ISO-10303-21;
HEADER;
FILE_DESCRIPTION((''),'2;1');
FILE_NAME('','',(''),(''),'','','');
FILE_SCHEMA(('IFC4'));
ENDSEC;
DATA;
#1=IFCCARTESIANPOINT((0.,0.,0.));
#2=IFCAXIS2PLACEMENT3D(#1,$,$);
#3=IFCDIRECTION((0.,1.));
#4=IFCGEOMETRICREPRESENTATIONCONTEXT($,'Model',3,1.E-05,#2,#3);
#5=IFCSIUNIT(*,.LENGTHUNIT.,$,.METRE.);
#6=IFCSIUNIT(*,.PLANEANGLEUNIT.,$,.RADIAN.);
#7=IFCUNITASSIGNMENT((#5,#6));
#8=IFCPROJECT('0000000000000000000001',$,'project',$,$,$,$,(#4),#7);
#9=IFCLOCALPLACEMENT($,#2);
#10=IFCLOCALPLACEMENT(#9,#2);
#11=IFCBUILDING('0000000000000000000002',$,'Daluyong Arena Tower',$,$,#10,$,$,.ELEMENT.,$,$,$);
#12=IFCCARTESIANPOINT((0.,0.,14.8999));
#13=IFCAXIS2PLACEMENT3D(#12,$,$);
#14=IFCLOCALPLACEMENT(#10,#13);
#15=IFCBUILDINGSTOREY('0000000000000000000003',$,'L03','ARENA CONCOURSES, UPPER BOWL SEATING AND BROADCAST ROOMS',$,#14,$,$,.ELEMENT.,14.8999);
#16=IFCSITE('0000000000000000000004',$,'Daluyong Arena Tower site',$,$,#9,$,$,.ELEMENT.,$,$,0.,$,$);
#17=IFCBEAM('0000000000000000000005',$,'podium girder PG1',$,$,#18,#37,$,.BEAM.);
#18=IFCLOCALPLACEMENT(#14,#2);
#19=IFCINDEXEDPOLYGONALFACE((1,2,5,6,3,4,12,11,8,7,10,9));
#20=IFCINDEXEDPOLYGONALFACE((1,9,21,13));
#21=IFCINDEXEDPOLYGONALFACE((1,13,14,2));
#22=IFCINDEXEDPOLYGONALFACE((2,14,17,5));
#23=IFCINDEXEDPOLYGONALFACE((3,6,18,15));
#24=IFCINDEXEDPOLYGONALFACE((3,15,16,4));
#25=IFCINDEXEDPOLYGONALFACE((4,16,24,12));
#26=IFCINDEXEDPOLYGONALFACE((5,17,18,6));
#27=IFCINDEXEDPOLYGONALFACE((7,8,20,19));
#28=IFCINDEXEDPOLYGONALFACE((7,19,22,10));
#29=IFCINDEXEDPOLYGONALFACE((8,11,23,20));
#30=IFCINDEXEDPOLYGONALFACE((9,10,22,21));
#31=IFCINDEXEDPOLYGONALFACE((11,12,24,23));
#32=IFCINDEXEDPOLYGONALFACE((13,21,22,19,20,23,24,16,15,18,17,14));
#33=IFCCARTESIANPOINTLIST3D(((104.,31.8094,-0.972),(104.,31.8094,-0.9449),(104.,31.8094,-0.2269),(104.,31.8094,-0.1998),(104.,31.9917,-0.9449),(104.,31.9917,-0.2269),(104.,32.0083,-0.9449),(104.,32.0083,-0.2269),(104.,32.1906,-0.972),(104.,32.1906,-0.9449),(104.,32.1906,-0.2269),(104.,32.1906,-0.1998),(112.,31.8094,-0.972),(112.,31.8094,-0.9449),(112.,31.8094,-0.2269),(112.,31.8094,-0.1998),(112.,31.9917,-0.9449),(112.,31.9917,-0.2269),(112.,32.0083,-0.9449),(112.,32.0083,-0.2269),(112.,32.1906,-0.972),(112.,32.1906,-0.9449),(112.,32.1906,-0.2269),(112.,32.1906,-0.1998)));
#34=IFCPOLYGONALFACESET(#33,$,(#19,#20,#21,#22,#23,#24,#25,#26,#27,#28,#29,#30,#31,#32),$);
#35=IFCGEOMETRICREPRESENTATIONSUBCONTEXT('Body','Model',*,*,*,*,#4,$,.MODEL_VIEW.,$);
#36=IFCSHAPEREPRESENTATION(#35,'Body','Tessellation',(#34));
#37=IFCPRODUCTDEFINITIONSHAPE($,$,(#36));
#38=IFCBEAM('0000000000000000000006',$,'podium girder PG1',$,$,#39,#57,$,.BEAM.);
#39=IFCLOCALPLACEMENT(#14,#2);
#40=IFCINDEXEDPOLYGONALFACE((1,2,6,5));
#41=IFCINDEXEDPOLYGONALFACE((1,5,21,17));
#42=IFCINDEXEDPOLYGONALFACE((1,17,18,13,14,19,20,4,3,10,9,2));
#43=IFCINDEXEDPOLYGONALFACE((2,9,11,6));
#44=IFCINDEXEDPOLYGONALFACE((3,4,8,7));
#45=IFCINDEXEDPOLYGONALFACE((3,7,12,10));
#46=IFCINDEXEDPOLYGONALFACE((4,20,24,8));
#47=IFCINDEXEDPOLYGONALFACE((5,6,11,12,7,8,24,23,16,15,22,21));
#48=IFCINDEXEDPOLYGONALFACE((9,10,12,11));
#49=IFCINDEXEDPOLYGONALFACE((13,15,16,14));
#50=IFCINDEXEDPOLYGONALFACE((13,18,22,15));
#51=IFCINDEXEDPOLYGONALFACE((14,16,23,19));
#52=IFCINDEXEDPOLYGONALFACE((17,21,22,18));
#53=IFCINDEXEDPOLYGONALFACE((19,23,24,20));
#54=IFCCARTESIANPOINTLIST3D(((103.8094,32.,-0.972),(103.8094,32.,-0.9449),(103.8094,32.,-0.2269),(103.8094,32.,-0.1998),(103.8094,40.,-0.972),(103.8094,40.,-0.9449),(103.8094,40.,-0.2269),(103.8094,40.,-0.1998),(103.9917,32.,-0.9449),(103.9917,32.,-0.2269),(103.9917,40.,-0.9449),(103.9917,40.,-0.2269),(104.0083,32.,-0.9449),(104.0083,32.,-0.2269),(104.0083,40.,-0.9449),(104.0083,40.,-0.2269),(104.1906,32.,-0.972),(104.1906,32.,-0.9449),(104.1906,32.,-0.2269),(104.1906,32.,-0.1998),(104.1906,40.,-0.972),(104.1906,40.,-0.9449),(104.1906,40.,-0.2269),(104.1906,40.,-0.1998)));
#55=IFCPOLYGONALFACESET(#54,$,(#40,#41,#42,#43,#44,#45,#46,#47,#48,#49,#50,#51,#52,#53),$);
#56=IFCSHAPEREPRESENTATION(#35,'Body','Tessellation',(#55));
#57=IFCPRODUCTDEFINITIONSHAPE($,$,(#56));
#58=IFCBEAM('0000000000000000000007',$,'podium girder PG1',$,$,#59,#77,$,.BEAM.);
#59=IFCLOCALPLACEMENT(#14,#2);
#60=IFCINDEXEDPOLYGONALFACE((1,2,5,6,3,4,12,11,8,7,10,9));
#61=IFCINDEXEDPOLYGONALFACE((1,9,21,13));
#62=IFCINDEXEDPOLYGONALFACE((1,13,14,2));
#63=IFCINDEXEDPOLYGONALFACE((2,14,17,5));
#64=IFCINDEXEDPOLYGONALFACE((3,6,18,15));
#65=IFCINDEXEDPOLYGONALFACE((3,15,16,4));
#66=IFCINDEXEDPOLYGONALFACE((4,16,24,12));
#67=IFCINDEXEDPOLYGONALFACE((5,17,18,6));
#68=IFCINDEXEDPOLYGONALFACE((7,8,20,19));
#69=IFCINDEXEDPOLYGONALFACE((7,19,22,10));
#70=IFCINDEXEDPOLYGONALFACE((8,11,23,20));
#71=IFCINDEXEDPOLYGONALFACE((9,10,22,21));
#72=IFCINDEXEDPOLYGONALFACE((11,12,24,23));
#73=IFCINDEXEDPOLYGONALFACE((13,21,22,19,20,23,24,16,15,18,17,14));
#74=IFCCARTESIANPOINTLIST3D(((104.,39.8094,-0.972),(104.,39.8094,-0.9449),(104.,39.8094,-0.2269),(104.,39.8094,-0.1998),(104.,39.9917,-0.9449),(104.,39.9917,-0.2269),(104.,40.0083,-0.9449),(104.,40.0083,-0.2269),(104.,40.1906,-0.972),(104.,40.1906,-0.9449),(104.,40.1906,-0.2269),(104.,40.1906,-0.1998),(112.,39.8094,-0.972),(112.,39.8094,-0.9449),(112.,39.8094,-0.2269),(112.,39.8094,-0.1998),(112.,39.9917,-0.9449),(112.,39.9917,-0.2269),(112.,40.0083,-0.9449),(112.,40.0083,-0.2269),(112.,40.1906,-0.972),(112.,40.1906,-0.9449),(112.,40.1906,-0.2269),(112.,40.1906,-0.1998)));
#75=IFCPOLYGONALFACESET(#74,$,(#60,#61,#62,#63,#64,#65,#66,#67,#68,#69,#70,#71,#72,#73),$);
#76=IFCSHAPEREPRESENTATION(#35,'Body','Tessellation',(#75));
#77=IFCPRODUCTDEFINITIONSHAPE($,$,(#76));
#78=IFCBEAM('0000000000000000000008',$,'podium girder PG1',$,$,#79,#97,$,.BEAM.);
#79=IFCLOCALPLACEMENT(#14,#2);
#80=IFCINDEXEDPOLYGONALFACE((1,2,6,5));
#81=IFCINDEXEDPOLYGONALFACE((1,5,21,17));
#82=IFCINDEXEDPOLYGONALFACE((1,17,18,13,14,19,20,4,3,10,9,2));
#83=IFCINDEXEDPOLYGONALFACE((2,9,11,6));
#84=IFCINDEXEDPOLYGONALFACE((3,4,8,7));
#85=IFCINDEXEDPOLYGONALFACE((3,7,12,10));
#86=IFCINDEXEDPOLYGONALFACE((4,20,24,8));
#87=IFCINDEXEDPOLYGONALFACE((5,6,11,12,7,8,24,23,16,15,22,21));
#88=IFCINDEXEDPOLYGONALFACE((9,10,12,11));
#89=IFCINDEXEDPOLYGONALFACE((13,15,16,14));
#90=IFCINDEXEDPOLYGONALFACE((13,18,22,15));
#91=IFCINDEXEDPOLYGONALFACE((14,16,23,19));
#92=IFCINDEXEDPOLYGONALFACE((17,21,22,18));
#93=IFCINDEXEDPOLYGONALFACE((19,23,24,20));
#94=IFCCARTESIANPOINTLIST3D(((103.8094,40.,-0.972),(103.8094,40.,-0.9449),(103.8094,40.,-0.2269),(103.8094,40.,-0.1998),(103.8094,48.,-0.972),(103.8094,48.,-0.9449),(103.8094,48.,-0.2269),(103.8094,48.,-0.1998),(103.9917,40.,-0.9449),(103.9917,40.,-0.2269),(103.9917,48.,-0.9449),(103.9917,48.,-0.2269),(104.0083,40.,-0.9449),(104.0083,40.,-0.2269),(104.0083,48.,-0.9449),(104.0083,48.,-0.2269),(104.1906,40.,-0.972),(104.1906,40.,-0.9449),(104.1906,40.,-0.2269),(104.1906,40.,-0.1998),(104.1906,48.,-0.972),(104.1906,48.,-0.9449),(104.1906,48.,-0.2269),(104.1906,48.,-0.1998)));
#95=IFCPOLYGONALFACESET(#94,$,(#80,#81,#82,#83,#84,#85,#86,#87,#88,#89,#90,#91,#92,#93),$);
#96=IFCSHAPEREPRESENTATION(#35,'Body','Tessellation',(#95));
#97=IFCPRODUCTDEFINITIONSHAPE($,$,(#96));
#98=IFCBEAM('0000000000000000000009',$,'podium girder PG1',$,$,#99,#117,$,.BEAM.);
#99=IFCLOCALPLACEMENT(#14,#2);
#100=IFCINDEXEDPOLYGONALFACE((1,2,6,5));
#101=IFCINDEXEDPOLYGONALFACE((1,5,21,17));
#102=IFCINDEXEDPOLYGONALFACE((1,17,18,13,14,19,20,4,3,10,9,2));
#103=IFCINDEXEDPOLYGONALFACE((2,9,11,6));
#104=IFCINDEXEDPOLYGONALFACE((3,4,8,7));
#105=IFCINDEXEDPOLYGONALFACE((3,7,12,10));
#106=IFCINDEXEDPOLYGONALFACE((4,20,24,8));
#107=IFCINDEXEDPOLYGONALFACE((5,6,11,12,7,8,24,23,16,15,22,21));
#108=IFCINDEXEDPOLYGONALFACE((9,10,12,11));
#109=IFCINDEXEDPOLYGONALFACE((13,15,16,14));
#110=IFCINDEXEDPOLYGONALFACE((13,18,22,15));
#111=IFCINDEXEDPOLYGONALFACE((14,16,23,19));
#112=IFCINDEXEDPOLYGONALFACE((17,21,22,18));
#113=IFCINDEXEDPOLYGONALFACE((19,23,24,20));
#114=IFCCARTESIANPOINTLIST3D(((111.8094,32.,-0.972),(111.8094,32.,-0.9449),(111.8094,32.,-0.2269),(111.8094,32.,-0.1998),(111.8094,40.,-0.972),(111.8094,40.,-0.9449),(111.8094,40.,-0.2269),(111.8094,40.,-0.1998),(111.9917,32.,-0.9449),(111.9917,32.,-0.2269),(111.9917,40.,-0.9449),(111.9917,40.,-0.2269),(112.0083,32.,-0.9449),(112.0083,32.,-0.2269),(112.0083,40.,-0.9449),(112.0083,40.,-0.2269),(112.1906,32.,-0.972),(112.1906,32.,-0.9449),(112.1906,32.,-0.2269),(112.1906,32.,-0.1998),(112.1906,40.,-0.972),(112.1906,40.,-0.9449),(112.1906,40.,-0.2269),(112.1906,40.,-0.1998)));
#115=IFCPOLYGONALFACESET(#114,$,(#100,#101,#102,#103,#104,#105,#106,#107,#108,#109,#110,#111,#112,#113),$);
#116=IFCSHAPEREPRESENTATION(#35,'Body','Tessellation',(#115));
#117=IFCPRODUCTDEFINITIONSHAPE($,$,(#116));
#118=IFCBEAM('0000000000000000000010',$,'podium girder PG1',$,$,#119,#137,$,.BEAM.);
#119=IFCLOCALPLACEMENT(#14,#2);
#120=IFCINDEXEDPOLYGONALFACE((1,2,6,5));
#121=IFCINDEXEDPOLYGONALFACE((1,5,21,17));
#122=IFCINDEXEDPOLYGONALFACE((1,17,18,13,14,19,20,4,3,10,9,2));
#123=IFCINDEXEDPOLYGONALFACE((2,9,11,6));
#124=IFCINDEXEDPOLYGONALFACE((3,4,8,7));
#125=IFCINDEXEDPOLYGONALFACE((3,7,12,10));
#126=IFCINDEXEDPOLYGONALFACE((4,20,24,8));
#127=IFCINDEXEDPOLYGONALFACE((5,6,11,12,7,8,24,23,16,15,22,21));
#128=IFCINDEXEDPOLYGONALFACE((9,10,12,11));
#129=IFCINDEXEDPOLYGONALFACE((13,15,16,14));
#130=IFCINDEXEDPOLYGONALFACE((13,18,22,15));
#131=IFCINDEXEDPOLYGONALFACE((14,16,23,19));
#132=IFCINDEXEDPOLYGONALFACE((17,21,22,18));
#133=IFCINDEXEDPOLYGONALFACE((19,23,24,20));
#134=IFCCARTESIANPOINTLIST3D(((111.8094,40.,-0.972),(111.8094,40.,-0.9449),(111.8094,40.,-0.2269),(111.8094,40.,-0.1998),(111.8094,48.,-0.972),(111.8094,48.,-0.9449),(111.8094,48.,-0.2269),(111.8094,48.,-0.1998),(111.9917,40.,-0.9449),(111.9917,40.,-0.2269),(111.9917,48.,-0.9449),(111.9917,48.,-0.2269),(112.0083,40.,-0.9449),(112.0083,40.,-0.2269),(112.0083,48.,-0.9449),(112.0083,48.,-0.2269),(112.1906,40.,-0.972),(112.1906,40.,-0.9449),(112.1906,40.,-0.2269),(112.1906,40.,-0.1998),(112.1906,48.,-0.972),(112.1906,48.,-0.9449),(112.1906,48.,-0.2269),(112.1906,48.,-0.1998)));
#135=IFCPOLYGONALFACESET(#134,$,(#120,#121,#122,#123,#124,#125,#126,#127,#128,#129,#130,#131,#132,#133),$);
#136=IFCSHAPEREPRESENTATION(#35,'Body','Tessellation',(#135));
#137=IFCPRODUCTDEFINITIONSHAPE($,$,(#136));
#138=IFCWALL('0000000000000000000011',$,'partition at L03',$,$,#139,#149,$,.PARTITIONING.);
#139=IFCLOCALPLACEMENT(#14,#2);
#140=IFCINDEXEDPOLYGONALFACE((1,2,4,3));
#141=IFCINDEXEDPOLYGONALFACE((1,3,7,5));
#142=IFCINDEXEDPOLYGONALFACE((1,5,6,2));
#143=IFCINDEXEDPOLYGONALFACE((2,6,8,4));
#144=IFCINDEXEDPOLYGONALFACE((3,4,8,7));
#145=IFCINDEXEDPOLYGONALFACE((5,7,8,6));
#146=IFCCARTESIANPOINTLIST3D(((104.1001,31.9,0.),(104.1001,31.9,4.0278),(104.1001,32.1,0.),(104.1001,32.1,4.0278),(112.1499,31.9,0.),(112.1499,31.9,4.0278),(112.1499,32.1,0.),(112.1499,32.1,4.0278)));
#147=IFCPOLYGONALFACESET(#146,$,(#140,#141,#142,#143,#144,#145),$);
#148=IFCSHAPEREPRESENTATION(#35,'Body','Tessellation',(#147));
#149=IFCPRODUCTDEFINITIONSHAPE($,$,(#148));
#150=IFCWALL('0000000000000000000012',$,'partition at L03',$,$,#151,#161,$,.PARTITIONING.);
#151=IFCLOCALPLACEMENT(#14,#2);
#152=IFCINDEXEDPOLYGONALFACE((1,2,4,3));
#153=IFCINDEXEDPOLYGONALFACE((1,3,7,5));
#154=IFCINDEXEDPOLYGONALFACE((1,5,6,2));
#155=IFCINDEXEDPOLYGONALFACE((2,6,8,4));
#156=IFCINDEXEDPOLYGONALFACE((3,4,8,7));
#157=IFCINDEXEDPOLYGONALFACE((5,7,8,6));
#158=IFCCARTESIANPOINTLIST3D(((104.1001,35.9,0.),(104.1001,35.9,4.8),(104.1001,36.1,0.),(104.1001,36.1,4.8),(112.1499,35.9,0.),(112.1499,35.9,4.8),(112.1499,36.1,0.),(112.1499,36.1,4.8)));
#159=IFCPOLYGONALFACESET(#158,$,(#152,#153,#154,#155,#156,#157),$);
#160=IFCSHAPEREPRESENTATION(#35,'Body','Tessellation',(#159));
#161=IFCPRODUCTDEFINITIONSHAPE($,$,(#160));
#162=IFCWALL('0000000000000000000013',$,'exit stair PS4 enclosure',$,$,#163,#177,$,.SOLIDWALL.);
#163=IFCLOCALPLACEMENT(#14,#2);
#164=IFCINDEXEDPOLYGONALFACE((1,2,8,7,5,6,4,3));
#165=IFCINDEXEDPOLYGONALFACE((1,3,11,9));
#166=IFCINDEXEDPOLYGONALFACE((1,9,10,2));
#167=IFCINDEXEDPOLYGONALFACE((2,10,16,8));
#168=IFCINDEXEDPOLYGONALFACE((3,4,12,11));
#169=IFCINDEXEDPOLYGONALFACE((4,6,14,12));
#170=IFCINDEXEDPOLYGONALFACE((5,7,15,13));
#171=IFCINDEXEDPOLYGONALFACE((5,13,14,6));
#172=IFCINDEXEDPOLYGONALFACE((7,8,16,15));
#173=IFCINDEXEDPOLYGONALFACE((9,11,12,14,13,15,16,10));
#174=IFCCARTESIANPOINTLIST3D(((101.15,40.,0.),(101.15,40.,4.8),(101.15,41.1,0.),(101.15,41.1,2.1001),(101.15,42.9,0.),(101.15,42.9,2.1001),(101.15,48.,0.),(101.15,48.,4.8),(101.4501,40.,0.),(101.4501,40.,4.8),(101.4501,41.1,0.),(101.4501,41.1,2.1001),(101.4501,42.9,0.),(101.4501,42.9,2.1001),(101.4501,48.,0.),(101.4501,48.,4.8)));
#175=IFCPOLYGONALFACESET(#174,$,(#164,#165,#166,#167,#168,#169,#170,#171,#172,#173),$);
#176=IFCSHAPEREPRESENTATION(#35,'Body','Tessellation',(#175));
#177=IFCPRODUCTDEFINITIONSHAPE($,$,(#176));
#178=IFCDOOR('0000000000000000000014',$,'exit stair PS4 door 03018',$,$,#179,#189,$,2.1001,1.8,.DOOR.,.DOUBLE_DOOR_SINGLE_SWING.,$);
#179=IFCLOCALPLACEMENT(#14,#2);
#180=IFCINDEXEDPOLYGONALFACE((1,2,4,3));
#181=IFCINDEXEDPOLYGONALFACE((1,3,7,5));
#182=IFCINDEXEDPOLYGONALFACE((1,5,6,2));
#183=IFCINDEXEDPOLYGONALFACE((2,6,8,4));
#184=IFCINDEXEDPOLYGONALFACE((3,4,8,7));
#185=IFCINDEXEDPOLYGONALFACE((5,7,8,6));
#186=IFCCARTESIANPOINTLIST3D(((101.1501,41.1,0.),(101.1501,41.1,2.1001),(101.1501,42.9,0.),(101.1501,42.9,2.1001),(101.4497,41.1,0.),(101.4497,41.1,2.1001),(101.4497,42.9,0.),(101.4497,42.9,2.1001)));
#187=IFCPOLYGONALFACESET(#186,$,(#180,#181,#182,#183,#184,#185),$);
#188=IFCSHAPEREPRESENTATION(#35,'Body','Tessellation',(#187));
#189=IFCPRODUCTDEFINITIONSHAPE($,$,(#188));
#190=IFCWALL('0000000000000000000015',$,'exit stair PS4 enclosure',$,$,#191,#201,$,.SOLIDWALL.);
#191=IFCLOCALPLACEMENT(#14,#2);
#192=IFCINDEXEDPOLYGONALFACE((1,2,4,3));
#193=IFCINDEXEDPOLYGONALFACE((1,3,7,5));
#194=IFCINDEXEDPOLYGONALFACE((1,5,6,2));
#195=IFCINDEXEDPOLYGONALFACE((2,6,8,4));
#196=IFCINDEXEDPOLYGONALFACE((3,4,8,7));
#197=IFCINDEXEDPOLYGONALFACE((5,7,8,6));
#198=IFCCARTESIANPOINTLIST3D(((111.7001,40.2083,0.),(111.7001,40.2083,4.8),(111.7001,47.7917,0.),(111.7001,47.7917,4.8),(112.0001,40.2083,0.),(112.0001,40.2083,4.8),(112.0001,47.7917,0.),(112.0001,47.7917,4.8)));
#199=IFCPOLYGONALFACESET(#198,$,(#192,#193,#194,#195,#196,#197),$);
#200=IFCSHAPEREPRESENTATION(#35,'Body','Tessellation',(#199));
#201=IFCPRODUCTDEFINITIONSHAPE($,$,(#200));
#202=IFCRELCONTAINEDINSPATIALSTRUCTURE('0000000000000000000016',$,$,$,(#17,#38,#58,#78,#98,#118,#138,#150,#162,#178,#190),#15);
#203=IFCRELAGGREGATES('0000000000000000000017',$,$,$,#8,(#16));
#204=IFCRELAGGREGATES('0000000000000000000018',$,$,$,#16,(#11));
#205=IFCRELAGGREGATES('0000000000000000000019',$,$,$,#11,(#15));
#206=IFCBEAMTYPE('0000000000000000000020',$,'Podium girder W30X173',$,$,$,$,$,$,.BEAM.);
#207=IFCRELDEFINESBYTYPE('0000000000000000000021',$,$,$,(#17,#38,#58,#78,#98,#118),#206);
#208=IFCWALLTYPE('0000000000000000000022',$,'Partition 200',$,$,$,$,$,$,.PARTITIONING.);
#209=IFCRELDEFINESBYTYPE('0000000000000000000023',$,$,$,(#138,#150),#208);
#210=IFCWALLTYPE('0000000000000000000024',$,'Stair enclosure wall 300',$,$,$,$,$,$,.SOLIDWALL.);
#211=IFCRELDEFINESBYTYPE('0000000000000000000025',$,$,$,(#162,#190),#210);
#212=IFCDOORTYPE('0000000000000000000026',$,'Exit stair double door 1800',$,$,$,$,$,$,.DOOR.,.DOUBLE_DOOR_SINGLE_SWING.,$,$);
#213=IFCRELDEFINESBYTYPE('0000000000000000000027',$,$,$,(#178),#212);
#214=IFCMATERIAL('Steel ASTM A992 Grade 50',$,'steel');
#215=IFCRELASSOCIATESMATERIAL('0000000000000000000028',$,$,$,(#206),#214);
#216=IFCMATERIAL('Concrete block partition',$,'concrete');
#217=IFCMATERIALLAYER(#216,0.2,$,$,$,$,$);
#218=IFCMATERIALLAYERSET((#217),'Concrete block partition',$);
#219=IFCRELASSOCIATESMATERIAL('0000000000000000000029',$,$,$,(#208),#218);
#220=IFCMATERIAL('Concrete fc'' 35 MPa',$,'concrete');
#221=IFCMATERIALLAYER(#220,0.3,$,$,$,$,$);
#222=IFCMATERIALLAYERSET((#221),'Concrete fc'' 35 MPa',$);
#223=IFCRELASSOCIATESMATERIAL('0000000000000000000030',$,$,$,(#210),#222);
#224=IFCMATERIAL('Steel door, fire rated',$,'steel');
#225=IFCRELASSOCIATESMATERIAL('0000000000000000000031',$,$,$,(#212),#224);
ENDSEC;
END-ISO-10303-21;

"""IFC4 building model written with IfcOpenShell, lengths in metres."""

from ifc_helpers import new_model, si_unit, direction, frame, frame_2d, origin, origin_2d, place, context, subcontext, project, spatial, rectangle, i_section, extrude, material, layer, layer_set, material_profile, profile_set, type_object, element, fill, save


model = new_model("IFC4")

# Units and contexts
model_context = context("Model", 3, precision=1e-05, world=origin(), true_north=direction((0.0, 1.0)))
body_context = subcontext(model_context, "Body", "Model", "MODEL_VIEW")
ifc_project = project(units=[si_unit("LENGTHUNIT", "METRE"), si_unit("PLANEANGLEUNIT", "RADIAN")], contexts=[model_context])

# Site, building, storey
site_placement = place(None, origin())
site = spatial("IfcSite", under=ifc_project, at=site_placement, Name="Daluyong Arena Tower site", CompositionType="ELEMENT", RefElevation=0.0)
building_placement = place(site_placement, origin())
building = spatial("IfcBuilding", under=site, at=building_placement, Name="Daluyong Arena Tower", CompositionType="ELEMENT")
storey_placement = place(building_placement, frame((0.0, 0.0, 14.8999)))
storey = spatial("IfcBuildingStorey", under=building, at=storey_placement, Name="L03", Description="ARENA CONCOURSES, UPPER BOWL SEATING AND BROADCAST ROOMS", CompositionType="ELEMENT", Elevation=14.8999)

# Beams
ifc_material_1 = material(Name="Steel ASTM A992 Grade 50", Category="steel")
ifc_material_profile_1 = material_profile(ifc_material_1, i_section(OverallWidth=0.3811, OverallDepth=0.7722, WebThickness=0.0166, FlangeThickness=0.0271, at=origin_2d()))
ifc_profile_set_1 = profile_set([ifc_material_profile_1], Name="Steel ASTM A992 Grade 50")
beam_type_1 = type_object("IfcBeamType", Name="Podium girder W30X173", PredefinedType="BEAM", material=ifc_profile_set_1)
for number, where, z_axis, x_axis, name in (
    (1, (104.0, 32.0, -0.5859), (1.0, 0.0, 0.0), (0.0, 1.0, 0.0), "podium girder PG1"),
    (2, (104.0, 32.0, -0.5859), (0.0, 1.0, 0.0), (-1.0, 0.0, 0.0), "podium girder PG1"),
    (3, (104.0, 40.0, -0.5859), (1.0, 0.0, 0.0), (0.0, 1.0, 0.0), "podium girder PG1"),
    (4, (104.0, 40.0, -0.5859), (0.0, 1.0, 0.0), (-1.0, 0.0, 0.0), "podium girder PG1"),
    (5, (112.0, 32.0, -0.5859), (0.0, 1.0, 0.0), (-1.0, 0.0, 0.0), "podium girder PG1"),
    (6, (112.0, 40.0, -0.5859), (0.0, 1.0, 0.0), (-1.0, 0.0, 0.0), "podium girder PG1"),
):
    element("IfcBeam", number, at=place(storey_placement, frame(where, z_axis=z_axis, x_axis=x_axis)), inside=storey, type_object=beam_type_1, Name=name, PredefinedType="BEAM", context=body_context, shape_type="SweptSolid", body=[
        extrude(i_section(OverallWidth=0.3811, OverallDepth=0.7722, WebThickness=0.0166, FlangeThickness=0.0271, at=origin_2d()), origin(), (0.0, 0.0, 1.0), 8.0),
    ])

# Walls
ifc_material_2 = material(Name="Concrete block partition", Category="concrete")
ifc_layer_1 = layer(ifc_material_2, 0.2)
ifc_layer_set_1 = layer_set([ifc_layer_1], Name="Concrete block partition")
wall_type_1 = type_object("IfcWallType", Name="Partition 200", PredefinedType="PARTITIONING", material=ifc_layer_set_1)
wall_1_placement = place(storey_placement, frame((104.1001, 32.0, 0.0), z_axis=(0.0, 0.0, 1.0), x_axis=(1.0, 0.0, 0.0)))
element("IfcWall", 7, at=wall_1_placement, inside=storey, type_object=wall_type_1, Name="partition at L03", PredefinedType="PARTITIONING", context=body_context, shape_type="SweptSolid", body=[
    extrude(rectangle(XDim=8.0498, YDim=0.2, at=frame_2d((4.0249, 0.0))), origin(), (0.0, 0.0, 1.0), 4.0278),
])
wall_2_placement = place(storey_placement, frame((104.1001, 36.0, 0.0), z_axis=(0.0, 0.0, 1.0), x_axis=(1.0, 0.0, 0.0)))
element("IfcWall", 8, at=wall_2_placement, inside=storey, type_object=wall_type_1, Name="partition at L03", PredefinedType="PARTITIONING", context=body_context, shape_type="SweptSolid", body=[
    extrude(rectangle(XDim=8.0498, YDim=0.2, at=frame_2d((4.0249, 0.0))), origin(), (0.0, 0.0, 1.0), 4.8),
])

# Wall, opening, door
ifc_material_3 = material(Name="Concrete fc' 35 MPa", Category="concrete")
ifc_layer_2 = layer(ifc_material_3, 0.3)
ifc_layer_set_2 = layer_set([ifc_layer_2], Name="Concrete fc' 35 MPa")
wall_type_2 = type_object("IfcWallType", Name="Stair enclosure wall 300", PredefinedType="SOLIDWALL", material=ifc_layer_set_2)
wall_3_placement = place(storey_placement, frame((101.3, 40.0, 0.0), z_axis=(0.0, 0.0, 1.0), x_axis=(0.0, 1.0, 0.0)))
wall_3 = element("IfcWall", 9, at=wall_3_placement, inside=storey, type_object=wall_type_2, Name="exit stair PS4 enclosure", PredefinedType="SOLIDWALL", context=body_context, shape_type="SweptSolid", body=[
    extrude(rectangle(XDim=8.0, YDim=0.3, at=frame_2d((4.0, 0.0))), origin(), (0.0, 0.0, 1.0), 4.8),
])
opening_placement = place(wall_3_placement, frame((1.1001, 0.0, 0.0)))
opening = element("IfcOpeningElement", 10, at=opening_placement, cuts=wall_3, PredefinedType="OPENING", context=body_context, shape_type="SweptSolid", body=[
    extrude(rectangle(XDim=1.8, YDim=2.1001, at=frame_2d((0.8999, 1.05))), frame((0.0, 0.1599, 0.0), z_axis=(0.0, -1.0, 0.0), x_axis=(1.0, 0.0, 0.0)), (0.0, 0.0, 1.0), 0.3201),
])
ifc_material_4 = material(Name="Steel door, fire rated", Category="steel")
door_type = type_object("IfcDoorType", Name="Exit stair double door 1800", OperationType="DOUBLE_DOOR_SINGLE_SWING", PredefinedType="DOOR", material=ifc_material_4)
door_placement = place(opening_placement, origin())
door = element("IfcDoor", 11, at=door_placement, inside=storey, type_object=door_type, Name="exit stair PS4 door 03018", OperationType="DOUBLE_DOOR_SINGLE_SWING", OverallHeight=2.1001, OverallWidth=1.8, PredefinedType="DOOR", context=body_context, shape_type="SweptSolid", body=[
    extrude(rectangle(XDim=1.8, YDim=2.1001, at=frame_2d((0.8999, 1.05))), frame((0.0, 0.1499, 0.0), z_axis=(0.0, -1.0, 0.0), x_axis=(1.0, 0.0, 0.0)), (0.0, 0.0, 1.0), 0.2996),
])
fill(opening, door)

# Wall
wall_4_placement = place(storey_placement, frame((111.8501, 40.2083, 0.0), z_axis=(0.0, 0.0, 1.0), x_axis=(0.0, 1.0, 0.0)))
element("IfcWall", 12, at=wall_4_placement, inside=storey, type_object=wall_type_2, Name="exit stair PS4 enclosure", PredefinedType="SOLIDWALL", context=body_context, shape_type="SweptSolid", body=[
    extrude(rectangle(XDim=7.5835, YDim=0.3, at=frame_2d((3.7917, 0.0))), origin(), (0.0, 0.0, 1.0), 4.8),
])

save(model, "model.ifc")
